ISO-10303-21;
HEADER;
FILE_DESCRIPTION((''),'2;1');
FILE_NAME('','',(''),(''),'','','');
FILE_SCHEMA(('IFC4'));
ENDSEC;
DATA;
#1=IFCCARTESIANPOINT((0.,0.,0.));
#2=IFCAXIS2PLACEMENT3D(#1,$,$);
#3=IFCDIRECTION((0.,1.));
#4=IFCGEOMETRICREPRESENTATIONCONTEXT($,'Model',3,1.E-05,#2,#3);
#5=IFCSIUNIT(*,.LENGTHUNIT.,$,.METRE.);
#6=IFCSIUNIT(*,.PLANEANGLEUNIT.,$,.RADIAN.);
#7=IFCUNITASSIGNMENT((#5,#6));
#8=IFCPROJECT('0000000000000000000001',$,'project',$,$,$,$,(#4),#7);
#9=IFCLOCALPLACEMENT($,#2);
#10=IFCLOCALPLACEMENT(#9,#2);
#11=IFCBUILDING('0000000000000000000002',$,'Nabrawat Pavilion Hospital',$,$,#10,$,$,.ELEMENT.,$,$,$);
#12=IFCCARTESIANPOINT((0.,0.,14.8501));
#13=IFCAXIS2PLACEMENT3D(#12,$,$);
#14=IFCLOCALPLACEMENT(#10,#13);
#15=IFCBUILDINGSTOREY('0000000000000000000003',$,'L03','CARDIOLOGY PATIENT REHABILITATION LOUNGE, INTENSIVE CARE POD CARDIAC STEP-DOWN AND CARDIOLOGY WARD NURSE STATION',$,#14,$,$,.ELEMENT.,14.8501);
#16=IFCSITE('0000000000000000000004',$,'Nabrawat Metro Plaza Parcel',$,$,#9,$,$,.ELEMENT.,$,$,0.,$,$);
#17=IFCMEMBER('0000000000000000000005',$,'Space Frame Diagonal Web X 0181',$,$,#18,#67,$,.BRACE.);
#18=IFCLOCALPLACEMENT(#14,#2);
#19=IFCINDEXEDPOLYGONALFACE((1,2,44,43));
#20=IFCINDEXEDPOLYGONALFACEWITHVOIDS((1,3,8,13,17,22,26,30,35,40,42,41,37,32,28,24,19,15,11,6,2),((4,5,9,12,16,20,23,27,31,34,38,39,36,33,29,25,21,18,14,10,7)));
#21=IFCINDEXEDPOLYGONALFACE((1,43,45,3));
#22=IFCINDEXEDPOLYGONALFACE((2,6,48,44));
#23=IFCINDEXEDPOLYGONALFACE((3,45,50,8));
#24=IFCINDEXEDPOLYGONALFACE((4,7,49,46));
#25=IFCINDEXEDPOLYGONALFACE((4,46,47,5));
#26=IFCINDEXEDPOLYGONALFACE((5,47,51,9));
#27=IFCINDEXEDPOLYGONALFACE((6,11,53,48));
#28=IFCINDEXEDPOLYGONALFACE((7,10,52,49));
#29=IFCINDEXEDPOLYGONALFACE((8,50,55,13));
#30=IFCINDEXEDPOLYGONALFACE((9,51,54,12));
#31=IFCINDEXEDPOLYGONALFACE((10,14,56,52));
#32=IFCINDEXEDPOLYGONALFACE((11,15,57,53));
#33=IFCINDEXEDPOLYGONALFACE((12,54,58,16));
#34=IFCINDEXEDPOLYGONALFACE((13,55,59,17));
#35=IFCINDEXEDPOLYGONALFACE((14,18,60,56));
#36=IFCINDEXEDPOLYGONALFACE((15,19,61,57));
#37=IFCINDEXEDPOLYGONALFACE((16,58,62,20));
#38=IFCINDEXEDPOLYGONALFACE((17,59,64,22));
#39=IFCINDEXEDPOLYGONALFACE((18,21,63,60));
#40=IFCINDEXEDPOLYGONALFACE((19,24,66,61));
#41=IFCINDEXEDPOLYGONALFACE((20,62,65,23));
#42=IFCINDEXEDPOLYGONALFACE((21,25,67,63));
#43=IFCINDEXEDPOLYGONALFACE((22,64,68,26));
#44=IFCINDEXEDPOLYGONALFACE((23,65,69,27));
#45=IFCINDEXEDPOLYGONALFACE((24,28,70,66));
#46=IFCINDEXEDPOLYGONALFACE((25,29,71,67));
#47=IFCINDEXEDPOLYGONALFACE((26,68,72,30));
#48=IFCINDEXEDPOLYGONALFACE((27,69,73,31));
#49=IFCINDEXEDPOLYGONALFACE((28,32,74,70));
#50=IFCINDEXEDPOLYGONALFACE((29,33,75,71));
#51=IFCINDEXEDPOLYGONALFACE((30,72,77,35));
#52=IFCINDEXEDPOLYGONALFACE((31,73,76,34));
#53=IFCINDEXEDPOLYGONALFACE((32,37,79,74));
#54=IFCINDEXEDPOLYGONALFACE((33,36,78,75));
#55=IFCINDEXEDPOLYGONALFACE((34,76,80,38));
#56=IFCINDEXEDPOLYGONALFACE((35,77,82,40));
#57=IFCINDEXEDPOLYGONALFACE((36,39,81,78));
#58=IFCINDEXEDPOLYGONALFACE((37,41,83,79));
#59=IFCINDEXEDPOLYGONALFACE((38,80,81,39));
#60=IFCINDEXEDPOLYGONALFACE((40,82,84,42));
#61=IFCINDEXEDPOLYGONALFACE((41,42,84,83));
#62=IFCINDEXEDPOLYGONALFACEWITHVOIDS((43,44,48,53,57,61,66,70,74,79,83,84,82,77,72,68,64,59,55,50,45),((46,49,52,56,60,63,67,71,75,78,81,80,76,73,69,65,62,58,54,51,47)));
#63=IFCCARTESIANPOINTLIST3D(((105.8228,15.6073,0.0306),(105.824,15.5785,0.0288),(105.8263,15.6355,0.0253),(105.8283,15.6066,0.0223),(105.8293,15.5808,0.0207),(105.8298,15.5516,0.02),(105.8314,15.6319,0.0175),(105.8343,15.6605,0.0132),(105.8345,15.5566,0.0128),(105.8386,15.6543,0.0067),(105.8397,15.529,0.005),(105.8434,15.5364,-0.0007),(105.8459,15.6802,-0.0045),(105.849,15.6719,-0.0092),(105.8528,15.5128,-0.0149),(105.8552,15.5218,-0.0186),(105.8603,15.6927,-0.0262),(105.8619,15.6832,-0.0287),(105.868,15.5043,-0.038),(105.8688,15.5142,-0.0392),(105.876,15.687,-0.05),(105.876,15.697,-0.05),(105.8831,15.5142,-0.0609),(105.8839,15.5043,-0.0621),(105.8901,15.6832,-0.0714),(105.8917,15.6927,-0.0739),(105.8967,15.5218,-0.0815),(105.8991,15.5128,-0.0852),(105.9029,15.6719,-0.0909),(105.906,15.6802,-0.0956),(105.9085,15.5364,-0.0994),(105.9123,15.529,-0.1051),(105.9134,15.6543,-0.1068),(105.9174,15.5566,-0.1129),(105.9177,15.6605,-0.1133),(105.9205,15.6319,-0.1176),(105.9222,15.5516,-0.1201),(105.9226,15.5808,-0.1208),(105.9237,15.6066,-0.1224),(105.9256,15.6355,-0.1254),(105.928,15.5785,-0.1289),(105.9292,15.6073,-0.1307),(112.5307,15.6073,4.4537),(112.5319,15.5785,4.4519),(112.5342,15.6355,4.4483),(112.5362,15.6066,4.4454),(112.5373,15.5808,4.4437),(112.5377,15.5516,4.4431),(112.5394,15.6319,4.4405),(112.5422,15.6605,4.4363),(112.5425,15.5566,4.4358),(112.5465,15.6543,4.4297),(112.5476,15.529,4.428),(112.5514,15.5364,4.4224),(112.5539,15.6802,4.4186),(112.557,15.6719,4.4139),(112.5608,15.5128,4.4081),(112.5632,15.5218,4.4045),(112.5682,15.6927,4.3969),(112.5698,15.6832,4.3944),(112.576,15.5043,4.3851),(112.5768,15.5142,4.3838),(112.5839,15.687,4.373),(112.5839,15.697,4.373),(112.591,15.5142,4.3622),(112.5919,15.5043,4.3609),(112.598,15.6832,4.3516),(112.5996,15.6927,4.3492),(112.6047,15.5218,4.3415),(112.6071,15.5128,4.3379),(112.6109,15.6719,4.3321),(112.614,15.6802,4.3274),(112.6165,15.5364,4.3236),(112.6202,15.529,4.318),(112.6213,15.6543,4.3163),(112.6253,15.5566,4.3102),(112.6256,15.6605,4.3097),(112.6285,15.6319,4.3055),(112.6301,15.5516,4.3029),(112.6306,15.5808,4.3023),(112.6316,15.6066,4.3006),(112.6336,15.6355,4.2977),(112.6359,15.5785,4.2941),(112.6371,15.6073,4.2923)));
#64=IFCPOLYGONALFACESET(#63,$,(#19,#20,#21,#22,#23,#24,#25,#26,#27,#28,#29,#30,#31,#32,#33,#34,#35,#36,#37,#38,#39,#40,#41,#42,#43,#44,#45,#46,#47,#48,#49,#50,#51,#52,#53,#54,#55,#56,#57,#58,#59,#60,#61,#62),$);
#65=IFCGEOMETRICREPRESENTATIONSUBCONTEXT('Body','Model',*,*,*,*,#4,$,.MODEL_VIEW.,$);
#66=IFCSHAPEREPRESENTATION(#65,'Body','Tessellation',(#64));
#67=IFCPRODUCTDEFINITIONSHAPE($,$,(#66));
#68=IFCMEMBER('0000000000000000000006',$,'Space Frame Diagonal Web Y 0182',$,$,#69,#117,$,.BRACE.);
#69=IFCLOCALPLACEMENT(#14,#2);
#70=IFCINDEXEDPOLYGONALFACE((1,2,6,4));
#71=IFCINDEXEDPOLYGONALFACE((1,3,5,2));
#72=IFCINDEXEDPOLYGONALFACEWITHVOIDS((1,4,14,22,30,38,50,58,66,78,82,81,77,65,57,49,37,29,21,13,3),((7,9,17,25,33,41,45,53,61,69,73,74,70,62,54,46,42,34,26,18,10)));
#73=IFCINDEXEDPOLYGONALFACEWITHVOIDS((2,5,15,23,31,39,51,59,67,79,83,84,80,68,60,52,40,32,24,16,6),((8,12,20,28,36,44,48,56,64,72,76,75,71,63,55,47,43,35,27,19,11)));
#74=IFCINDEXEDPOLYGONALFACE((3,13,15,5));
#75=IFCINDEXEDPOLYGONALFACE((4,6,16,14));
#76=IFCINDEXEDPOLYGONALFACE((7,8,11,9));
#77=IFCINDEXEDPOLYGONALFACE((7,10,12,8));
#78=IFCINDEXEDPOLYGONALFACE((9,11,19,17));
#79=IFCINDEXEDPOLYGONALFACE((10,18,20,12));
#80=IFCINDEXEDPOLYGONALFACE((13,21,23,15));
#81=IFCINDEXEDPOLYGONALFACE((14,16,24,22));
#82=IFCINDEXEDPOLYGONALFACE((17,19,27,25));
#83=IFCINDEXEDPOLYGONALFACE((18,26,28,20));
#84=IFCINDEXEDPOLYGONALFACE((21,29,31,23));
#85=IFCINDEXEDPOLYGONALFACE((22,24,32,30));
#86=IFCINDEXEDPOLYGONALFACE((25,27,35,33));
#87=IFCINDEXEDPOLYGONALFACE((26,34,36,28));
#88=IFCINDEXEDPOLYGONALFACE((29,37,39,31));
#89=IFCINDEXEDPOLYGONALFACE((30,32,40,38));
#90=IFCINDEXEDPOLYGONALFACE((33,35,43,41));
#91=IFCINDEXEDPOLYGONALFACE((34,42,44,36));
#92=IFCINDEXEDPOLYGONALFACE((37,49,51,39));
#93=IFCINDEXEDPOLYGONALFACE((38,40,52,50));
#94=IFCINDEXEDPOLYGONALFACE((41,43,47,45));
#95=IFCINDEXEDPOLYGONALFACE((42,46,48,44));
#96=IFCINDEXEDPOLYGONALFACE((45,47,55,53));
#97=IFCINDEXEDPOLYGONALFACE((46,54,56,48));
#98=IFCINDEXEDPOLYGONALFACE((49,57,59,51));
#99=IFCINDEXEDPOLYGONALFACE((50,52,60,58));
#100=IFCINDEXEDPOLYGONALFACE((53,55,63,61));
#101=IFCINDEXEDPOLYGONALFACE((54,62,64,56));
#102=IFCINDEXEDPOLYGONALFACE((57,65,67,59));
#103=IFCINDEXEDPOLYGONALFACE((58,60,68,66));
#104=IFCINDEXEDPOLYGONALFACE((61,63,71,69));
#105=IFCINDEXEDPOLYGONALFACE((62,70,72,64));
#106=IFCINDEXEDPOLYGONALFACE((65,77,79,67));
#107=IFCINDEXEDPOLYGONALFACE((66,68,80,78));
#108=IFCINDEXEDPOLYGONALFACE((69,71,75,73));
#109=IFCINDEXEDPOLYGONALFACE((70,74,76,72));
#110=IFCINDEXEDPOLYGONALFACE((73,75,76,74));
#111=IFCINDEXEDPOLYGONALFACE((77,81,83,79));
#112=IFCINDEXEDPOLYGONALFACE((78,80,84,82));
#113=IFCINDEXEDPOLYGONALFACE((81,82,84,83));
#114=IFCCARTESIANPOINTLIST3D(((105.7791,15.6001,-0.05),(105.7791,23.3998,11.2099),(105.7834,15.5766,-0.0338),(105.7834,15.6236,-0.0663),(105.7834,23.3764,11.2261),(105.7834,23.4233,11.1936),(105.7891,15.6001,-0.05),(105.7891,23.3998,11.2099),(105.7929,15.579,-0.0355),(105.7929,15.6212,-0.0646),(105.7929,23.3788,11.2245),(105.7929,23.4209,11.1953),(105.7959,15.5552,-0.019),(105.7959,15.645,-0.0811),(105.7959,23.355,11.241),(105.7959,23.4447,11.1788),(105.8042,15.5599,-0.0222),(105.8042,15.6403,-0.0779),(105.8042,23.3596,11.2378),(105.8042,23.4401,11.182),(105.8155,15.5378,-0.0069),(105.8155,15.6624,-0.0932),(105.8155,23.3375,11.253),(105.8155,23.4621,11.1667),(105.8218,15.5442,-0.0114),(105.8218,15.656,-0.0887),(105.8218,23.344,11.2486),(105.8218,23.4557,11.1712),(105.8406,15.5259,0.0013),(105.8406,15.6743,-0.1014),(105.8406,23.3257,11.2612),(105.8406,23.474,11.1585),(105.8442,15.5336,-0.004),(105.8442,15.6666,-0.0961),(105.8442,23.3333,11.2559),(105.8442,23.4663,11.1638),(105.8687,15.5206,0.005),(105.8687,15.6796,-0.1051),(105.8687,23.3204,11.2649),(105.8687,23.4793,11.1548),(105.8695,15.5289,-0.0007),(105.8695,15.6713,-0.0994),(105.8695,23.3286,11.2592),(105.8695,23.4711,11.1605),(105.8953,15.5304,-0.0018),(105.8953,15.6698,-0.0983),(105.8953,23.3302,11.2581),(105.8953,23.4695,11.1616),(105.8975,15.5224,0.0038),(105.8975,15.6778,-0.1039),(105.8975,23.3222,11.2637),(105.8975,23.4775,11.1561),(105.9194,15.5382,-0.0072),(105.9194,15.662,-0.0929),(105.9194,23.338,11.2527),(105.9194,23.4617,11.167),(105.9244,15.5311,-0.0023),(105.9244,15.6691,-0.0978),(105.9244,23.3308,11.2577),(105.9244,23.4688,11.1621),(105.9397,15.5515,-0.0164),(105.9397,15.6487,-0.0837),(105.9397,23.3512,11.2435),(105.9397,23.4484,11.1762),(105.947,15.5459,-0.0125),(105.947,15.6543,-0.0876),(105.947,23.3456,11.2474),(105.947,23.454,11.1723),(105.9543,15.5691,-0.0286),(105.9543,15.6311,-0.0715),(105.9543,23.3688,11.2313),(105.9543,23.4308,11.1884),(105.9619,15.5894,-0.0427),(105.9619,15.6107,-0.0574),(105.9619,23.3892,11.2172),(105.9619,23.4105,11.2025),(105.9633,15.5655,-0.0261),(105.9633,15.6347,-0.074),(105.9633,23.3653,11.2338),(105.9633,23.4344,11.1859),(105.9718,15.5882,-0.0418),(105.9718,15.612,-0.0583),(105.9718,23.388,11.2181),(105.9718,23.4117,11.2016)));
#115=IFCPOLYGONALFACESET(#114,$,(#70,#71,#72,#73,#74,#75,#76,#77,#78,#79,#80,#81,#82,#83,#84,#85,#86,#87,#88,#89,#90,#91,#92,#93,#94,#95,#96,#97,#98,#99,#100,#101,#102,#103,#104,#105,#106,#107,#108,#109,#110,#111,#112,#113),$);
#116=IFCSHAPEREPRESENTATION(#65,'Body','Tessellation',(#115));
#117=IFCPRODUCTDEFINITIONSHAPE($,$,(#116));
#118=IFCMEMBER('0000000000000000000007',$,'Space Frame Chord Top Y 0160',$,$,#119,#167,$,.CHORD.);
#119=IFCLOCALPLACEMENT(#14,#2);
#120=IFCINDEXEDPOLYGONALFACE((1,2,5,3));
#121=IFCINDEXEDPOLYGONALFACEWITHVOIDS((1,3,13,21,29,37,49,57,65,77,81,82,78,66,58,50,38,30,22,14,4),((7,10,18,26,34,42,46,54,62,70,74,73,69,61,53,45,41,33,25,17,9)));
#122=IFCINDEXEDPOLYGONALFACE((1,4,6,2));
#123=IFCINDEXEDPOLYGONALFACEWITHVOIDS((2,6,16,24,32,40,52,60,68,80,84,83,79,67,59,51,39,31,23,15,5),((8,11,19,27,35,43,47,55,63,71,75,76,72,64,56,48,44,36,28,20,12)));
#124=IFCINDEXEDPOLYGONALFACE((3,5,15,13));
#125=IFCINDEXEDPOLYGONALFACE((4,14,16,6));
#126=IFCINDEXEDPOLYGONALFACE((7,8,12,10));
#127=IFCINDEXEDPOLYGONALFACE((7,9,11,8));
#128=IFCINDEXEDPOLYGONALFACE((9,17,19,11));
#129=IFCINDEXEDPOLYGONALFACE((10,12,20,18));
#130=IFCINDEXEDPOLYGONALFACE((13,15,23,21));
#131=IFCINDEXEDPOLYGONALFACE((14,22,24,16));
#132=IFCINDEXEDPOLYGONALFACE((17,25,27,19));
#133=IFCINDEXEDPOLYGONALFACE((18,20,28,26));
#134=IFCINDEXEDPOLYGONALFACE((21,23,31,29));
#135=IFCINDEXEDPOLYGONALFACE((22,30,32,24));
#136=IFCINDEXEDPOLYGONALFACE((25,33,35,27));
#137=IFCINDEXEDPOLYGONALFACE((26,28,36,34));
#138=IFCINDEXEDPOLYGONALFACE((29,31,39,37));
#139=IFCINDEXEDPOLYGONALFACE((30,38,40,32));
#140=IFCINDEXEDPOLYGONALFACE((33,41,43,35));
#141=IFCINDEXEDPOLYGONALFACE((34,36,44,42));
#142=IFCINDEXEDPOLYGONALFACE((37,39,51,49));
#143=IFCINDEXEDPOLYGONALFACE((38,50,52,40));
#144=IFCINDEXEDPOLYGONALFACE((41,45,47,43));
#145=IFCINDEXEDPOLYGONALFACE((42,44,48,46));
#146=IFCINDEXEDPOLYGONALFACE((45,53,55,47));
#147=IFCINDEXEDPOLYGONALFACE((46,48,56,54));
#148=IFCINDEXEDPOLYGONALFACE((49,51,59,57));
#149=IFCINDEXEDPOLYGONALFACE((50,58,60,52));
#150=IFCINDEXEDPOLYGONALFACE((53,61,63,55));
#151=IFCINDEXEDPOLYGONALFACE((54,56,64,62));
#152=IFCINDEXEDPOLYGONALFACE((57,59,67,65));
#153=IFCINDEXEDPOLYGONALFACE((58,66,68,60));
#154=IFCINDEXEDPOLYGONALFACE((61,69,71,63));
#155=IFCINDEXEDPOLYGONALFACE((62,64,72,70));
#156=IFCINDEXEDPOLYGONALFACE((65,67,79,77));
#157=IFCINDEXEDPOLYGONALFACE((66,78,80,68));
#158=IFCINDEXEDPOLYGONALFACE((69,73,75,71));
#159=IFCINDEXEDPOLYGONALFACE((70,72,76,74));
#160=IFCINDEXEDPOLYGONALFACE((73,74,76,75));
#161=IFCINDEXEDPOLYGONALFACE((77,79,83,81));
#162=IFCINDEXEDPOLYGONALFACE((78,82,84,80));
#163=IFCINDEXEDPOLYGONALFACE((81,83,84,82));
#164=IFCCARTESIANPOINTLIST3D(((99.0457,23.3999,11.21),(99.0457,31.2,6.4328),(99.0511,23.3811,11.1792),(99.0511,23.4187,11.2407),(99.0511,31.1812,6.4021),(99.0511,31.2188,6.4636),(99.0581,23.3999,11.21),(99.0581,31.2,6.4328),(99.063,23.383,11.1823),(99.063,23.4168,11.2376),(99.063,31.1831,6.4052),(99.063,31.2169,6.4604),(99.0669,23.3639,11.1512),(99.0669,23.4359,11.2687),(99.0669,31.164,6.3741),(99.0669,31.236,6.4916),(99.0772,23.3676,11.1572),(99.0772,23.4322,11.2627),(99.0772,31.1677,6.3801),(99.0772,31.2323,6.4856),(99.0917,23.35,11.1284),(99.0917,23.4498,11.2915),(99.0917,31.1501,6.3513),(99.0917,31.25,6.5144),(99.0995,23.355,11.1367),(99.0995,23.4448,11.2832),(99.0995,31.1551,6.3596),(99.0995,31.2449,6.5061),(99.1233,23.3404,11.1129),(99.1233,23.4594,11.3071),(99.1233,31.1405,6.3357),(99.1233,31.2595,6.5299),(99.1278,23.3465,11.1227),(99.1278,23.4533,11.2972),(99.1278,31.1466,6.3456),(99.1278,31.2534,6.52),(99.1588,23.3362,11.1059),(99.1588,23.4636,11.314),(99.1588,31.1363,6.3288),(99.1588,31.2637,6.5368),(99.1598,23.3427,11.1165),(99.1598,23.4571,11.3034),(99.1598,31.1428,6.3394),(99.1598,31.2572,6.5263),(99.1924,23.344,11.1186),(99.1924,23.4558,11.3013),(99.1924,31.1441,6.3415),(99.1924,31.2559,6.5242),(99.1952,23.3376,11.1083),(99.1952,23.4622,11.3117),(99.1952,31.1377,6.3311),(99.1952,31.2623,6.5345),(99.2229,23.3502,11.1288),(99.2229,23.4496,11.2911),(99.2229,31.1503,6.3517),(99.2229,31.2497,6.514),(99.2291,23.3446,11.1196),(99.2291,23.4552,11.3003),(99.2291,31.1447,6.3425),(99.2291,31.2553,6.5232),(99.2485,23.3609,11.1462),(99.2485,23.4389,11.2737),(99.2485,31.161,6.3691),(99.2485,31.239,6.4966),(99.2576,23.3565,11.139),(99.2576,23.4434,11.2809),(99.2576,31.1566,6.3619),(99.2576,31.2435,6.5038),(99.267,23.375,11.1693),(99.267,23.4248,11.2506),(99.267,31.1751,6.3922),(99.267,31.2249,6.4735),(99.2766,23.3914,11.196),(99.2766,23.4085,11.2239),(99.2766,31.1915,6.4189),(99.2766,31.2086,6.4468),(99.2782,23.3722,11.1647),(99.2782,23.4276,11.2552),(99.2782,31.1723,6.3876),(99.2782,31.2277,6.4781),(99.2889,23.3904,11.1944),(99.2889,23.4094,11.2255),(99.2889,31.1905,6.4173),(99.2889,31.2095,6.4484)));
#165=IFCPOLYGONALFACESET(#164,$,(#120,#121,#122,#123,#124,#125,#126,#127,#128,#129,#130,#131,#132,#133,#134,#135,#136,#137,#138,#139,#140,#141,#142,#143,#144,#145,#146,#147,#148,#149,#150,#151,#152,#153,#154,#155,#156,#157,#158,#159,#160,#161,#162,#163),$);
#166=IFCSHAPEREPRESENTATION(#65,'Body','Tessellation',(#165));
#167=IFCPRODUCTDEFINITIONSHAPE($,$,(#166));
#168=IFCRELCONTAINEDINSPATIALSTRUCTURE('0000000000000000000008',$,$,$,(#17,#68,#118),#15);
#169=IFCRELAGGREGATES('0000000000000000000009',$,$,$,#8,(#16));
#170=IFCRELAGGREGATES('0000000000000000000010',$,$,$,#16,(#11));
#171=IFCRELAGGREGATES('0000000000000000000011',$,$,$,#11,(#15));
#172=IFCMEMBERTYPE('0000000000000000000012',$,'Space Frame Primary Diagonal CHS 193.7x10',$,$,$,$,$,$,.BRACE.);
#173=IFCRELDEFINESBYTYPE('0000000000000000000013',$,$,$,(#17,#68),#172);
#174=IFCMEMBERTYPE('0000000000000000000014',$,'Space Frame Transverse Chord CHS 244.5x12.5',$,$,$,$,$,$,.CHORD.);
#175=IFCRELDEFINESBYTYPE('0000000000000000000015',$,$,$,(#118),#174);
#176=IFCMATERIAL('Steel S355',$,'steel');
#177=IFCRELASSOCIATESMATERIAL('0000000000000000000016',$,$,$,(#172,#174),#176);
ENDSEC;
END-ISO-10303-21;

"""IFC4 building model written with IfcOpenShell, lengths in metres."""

from ifc_helpers import new_model, si_unit, direction, frame, origin, origin_2d, place, context, subcontext, project, spatial, hollow_circle, extrude, material, material_profile, profile_set, type_object, element, save


model = new_model("IFC4")

# Units and contexts
model_context = context("Model", 3, precision=1e-05, world=origin(), true_north=direction((0.0, 1.0)))
body_context = subcontext(model_context, "Body", "Model", "MODEL_VIEW")
ifc_project = project(units=[si_unit("LENGTHUNIT", "METRE"), si_unit("PLANEANGLEUNIT", "RADIAN")], contexts=[model_context])

# Site, building, storey
site_placement = place(None, origin())
site = spatial("IfcSite", under=ifc_project, at=site_placement, Name="Nabrawat Metro Plaza Parcel", CompositionType="ELEMENT", RefElevation=0.0)
building_placement = place(site_placement, origin())
building = spatial("IfcBuilding", under=site, at=building_placement, Name="Nabrawat Pavilion Hospital", CompositionType="ELEMENT")
storey_placement = place(building_placement, frame((0.0, 0.0, 14.8501)))
storey = spatial("IfcBuildingStorey", under=building, at=storey_placement, Name="L03", Description="CARDIOLOGY PATIENT REHABILITATION LOUNGE, INTENSIVE CARE POD CARDIAC STEP-DOWN AND CARDIOLOGY WARD NURSE STATION", CompositionType="ELEMENT", Elevation=14.8501)

# Shared definitions
ifc_material = material(Name="Steel S355", Category="steel")

# Members
ifc_material_profile_1 = material_profile(ifc_material, hollow_circle(Radius=0.0969, WallThickness=0.01, at=origin_2d()), Name="CHS 193.7x10")
ifc_profile_set_1 = profile_set([ifc_material_profile_1], Name="Steel S355")
member_type_1 = type_object("IfcMemberType", Name="Space Frame Primary Diagonal CHS 193.7x10", PredefinedType="BRACE", material=ifc_profile_set_1)
member_1_placement = place(storey_placement, frame((105.876, 15.6001, -0.05), z_axis=(0.834849, 0.0, 0.550479), x_axis=(0.0, 1.0, 0.0)))
element("IfcMember", 1, at=member_1_placement, inside=storey, type_object=member_type_1, Name="Space Frame Diagonal Web X 0181", PredefinedType="BRACE", context=body_context, shape_type="SweptSolid", body=[
    extrude(hollow_circle(Radius=0.0969, WallThickness=0.01, at=origin_2d()), origin(), (0.0, 0.0, 1.0), 8.0349),
])
member_2_placement = place(storey_placement, frame((105.876, 15.6001, -0.05), z_axis=(0.0, 0.569428, 0.822041), x_axis=(-1.0, 0.0, 0.0)))
element("IfcMember", 2, at=member_2_placement, inside=storey, type_object=member_type_1, Name="Space Frame Diagonal Web Y 0182", PredefinedType="BRACE", context=body_context, shape_type="SweptSolid", body=[
    extrude(hollow_circle(Radius=0.0969, WallThickness=0.01, at=origin_2d()), origin(), (0.0, 0.0, 1.0), 13.6975),
])
ifc_material_profile_2 = material_profile(ifc_material, hollow_circle(Radius=0.1223, WallThickness=0.0125, at=origin_2d()), Name="CHS 244.5x12.5")
ifc_profile_set_2 = profile_set([ifc_material_profile_2], Name="Steel S355")
member_type_2 = type_object("IfcMemberType", Name="Space Frame Transverse Chord CHS 244.5x12.5", PredefinedType="CHORD", material=ifc_profile_set_2)
member_3_placement = place(storey_placement, frame((99.168, 23.3999, 11.21), z_axis=(0.0, 0.852775, -0.522278), x_axis=(-1.0, 0.0, 0.0)))
element("IfcMember", 3, at=member_3_placement, inside=storey, type_object=member_type_2, Name="Space Frame Chord Top Y 0160", PredefinedType="CHORD", context=body_context, shape_type="SweptSolid", body=[
    extrude(hollow_circle(Radius=0.1223, WallThickness=0.0125, at=origin_2d()), origin(), (0.0, 0.0, 1.0), 9.1467),
])

save(model, "model.ifc")
